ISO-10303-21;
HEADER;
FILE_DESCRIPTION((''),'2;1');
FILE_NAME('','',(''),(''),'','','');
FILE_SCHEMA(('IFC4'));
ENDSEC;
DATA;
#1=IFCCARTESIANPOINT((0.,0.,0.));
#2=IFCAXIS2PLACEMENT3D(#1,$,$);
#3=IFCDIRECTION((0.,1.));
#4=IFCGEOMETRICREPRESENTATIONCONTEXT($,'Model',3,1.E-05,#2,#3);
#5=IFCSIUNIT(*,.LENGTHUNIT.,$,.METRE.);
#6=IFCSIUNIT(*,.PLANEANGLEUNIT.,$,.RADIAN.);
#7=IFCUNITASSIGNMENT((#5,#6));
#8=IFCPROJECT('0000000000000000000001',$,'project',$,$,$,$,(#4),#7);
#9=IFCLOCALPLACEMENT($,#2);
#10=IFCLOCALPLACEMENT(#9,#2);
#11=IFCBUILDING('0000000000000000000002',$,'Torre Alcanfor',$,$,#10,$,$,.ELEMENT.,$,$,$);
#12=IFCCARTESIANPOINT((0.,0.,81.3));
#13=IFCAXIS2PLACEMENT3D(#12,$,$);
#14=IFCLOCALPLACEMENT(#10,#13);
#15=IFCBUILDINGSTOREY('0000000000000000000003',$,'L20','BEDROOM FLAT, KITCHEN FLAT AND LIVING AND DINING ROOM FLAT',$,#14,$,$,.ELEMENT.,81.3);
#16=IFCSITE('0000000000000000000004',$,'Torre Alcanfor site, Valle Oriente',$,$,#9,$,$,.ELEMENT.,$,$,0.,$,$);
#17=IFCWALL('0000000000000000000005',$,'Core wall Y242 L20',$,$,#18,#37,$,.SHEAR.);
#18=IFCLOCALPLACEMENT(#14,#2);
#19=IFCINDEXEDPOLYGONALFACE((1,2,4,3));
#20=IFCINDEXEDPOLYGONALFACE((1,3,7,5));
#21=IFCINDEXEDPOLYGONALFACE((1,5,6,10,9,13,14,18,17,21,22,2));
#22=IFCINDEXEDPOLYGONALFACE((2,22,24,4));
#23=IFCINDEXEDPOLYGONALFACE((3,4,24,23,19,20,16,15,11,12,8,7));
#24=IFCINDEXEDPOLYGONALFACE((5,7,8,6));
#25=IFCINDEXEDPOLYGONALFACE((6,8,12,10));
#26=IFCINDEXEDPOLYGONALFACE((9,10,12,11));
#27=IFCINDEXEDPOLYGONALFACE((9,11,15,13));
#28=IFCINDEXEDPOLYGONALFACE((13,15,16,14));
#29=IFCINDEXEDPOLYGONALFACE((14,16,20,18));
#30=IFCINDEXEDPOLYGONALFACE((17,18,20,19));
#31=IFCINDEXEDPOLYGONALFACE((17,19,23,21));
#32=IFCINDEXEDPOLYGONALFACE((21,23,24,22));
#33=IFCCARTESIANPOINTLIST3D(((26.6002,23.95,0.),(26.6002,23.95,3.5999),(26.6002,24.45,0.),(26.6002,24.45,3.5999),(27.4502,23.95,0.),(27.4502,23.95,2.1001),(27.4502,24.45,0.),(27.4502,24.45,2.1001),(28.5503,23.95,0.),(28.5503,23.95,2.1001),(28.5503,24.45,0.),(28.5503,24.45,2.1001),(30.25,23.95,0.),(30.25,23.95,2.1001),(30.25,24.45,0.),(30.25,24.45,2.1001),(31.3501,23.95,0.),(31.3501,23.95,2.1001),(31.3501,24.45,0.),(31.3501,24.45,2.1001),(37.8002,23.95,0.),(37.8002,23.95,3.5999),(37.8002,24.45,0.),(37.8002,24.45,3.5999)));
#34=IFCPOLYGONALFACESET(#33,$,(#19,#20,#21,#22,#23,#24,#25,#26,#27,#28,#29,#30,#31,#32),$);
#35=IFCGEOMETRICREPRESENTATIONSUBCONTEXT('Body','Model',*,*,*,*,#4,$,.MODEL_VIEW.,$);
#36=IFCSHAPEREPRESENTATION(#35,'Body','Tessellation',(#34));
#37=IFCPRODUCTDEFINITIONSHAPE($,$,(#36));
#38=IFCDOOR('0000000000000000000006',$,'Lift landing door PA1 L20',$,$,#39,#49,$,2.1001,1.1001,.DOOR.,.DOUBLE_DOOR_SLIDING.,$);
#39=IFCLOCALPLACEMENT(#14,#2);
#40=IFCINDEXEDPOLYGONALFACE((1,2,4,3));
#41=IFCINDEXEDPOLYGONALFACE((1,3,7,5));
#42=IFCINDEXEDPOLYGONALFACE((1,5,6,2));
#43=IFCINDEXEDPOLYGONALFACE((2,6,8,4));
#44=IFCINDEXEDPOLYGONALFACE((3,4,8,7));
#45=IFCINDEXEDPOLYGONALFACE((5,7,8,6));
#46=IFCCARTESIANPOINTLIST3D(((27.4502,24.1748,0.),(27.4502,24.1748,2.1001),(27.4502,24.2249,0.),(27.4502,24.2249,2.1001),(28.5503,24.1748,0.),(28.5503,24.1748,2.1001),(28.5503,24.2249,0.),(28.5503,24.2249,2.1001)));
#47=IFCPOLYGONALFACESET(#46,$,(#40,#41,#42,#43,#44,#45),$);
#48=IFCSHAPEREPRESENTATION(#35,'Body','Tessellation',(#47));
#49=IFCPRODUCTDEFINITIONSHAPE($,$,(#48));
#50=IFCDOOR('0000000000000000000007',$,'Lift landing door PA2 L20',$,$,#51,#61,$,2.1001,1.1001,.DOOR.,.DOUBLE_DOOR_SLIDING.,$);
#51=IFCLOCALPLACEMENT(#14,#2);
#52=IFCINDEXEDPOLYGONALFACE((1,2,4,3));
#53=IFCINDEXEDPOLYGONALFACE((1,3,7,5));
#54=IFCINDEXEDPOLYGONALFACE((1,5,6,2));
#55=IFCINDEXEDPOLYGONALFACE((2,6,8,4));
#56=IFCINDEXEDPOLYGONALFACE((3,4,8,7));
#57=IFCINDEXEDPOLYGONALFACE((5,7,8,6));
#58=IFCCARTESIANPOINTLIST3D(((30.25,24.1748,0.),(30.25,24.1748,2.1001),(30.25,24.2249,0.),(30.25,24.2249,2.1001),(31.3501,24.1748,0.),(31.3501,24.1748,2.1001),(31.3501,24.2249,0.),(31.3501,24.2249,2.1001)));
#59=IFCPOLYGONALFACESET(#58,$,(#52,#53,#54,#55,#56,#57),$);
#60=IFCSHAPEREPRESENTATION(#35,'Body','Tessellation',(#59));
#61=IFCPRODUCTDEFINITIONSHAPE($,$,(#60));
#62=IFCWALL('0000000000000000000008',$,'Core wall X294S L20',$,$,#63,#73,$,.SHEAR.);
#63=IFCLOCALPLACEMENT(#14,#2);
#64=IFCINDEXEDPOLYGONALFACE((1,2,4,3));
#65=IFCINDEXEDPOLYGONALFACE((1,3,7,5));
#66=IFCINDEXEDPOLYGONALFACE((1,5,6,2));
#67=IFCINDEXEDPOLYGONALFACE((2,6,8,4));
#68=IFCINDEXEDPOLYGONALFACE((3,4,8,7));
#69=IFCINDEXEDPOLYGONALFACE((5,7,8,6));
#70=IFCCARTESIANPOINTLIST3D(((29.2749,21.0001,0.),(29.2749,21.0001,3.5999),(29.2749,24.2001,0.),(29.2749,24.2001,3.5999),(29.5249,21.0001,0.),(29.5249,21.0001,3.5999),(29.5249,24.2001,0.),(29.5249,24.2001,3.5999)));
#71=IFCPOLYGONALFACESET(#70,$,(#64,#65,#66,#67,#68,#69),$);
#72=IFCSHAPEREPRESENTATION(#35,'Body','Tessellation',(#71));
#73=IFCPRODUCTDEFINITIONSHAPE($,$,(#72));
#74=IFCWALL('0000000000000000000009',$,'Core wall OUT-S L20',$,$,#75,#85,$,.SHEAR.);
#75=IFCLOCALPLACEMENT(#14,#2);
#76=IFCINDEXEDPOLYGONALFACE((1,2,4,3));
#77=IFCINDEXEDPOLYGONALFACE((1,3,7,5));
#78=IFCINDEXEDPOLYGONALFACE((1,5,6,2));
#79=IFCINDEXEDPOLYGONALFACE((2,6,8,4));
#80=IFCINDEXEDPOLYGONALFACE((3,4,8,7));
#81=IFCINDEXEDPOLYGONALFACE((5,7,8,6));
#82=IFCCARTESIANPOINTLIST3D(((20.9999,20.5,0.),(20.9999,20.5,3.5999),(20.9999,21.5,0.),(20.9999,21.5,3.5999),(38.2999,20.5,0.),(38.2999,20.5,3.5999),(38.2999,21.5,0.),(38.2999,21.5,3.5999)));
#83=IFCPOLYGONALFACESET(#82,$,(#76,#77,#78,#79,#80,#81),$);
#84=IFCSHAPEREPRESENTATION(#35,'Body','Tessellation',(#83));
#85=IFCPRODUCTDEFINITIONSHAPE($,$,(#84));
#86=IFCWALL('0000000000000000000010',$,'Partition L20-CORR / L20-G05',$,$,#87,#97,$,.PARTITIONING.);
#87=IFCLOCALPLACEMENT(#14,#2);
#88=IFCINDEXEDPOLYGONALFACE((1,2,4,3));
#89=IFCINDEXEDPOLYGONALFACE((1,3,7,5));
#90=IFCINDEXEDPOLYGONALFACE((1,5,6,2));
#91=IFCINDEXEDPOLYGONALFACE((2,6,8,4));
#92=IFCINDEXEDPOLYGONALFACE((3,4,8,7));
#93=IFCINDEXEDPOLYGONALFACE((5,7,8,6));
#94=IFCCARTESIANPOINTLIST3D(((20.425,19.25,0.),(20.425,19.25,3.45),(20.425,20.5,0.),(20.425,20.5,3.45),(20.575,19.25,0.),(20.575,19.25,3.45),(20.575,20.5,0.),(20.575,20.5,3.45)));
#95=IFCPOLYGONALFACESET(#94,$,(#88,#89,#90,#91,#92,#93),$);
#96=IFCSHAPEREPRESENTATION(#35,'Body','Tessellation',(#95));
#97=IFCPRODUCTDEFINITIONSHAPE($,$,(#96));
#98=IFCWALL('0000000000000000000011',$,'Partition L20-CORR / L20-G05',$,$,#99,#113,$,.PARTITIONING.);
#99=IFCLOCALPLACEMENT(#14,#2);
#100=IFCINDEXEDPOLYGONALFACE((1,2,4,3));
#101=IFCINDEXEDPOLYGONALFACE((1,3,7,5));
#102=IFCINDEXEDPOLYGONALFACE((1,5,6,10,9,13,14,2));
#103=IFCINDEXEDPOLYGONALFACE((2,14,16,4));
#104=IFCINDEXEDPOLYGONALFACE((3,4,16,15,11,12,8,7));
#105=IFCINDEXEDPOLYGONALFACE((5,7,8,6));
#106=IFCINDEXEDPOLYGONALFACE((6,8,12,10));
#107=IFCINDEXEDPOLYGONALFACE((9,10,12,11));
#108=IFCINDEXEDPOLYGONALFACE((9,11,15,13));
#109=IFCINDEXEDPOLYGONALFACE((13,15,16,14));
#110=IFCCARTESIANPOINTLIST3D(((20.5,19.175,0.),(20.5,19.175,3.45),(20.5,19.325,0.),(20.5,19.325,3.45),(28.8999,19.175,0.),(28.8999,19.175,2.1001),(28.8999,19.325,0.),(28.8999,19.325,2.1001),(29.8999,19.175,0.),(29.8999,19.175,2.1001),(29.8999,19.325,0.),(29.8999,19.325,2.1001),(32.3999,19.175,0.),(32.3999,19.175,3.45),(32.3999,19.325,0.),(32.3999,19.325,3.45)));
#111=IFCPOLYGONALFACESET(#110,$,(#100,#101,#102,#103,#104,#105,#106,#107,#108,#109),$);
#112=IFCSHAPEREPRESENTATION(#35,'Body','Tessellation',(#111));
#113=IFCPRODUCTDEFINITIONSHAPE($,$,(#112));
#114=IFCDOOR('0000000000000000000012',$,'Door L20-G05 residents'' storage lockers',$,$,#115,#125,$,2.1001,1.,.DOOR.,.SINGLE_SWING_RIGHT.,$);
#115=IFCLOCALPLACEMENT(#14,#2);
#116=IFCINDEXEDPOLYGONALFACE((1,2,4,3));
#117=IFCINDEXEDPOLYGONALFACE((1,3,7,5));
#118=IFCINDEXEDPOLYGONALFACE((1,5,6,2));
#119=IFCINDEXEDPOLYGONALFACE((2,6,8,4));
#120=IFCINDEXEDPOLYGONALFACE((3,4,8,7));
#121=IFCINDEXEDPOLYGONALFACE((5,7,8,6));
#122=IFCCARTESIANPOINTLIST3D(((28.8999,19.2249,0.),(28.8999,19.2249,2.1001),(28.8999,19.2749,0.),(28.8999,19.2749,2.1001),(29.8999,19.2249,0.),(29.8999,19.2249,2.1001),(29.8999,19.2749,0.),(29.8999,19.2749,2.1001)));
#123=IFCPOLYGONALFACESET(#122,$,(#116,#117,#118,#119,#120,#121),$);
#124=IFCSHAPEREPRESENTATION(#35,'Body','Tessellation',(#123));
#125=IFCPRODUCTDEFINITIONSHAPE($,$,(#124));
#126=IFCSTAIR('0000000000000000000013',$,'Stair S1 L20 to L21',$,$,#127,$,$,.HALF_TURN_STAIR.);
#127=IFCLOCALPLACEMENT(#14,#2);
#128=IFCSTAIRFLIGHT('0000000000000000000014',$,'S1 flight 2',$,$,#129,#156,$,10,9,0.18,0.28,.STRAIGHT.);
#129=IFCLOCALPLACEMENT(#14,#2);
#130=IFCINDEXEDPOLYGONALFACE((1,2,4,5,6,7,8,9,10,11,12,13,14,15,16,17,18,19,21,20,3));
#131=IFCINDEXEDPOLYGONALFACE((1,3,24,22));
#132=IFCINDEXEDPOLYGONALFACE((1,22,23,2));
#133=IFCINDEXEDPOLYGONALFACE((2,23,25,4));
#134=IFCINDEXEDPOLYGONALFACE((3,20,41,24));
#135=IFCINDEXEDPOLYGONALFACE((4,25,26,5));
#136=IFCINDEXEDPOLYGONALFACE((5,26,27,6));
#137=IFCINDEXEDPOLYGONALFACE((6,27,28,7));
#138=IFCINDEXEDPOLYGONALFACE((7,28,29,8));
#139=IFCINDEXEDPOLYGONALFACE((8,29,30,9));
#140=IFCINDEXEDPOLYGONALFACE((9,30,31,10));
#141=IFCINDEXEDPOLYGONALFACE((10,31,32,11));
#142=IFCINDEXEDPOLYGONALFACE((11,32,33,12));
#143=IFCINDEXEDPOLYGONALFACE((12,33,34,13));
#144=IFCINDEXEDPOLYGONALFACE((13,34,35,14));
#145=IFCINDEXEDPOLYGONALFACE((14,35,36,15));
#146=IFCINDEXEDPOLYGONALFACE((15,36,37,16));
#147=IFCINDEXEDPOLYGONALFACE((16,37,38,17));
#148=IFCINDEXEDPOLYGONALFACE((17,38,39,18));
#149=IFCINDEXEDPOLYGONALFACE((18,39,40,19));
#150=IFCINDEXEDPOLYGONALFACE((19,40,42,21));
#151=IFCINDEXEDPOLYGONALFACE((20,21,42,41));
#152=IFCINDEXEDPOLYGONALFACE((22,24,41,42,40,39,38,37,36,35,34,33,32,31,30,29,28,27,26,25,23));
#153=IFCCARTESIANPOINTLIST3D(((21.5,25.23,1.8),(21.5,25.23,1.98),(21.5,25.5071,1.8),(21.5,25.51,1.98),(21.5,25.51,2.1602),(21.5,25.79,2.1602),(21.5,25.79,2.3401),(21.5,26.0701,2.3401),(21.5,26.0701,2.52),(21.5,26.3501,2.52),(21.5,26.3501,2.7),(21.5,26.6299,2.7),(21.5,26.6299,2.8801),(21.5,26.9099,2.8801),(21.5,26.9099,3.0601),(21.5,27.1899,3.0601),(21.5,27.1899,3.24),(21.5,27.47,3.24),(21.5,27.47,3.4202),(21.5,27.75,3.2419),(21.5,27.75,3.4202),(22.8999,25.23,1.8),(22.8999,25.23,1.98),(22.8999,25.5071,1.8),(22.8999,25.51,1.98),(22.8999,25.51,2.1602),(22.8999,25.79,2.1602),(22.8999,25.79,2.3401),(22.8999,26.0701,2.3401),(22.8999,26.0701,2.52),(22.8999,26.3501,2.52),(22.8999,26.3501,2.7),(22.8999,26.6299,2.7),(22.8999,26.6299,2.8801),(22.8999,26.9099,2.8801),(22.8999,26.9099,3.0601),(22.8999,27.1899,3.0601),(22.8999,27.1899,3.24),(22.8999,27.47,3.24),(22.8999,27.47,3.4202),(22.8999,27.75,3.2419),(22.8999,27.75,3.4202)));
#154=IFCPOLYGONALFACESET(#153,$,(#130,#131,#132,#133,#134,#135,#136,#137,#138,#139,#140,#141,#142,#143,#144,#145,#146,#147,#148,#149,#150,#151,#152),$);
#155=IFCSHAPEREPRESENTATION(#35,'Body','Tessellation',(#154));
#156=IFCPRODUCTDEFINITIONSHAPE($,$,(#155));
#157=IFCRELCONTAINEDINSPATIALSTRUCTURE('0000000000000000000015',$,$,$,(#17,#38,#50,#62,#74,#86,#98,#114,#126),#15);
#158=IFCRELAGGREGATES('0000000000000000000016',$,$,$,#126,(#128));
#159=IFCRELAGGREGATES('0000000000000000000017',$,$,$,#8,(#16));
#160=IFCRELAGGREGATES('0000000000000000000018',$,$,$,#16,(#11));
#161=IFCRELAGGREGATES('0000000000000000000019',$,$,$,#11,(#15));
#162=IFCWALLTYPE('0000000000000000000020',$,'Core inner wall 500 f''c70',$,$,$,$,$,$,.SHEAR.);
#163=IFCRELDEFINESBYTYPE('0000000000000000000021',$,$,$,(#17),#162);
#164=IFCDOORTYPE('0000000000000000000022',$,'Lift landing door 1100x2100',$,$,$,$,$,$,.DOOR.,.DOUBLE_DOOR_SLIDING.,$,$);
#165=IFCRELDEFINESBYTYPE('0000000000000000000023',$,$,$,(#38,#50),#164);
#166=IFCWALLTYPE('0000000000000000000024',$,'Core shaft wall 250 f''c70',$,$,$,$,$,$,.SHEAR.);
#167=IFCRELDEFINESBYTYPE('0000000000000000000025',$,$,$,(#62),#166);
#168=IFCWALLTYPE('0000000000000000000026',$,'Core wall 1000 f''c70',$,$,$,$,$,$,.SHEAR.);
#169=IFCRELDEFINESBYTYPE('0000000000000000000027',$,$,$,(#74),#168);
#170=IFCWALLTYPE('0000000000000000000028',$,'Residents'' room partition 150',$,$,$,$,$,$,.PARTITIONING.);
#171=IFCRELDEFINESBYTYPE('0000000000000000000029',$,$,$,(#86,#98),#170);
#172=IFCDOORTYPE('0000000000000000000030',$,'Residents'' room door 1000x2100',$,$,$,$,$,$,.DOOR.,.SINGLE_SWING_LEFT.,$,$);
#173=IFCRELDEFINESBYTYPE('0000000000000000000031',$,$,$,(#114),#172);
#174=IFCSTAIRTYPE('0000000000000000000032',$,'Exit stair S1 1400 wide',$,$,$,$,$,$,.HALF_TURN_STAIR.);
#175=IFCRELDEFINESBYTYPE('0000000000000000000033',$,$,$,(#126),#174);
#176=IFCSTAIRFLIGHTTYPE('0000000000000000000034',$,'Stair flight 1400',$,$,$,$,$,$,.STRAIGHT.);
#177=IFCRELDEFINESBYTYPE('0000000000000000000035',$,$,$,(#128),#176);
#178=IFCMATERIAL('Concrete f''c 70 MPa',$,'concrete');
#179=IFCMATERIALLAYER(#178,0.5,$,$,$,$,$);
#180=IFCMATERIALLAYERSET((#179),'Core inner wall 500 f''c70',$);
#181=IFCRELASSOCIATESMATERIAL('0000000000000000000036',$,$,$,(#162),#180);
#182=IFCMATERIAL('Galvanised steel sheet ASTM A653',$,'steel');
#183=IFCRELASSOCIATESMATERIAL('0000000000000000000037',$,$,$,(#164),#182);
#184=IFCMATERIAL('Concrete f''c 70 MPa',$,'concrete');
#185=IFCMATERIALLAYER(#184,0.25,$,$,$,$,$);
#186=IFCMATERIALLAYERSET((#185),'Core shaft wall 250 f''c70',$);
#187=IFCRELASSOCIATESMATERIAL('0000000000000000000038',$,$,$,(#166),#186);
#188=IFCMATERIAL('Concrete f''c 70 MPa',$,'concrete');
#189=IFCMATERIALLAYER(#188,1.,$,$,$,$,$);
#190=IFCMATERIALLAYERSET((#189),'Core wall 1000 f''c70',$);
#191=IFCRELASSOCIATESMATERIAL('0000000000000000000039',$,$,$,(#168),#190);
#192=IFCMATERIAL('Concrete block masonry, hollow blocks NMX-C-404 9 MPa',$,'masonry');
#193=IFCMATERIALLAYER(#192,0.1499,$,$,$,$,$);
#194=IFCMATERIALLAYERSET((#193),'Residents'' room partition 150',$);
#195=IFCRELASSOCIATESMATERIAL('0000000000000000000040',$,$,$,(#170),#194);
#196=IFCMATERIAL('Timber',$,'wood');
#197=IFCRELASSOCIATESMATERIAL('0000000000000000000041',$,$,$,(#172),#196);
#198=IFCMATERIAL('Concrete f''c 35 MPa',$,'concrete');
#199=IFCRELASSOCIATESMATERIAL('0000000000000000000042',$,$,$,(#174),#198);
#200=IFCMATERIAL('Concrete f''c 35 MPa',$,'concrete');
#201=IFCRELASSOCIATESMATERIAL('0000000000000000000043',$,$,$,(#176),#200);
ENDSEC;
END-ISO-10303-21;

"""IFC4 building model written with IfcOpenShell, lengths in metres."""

from ifc_helpers import new_model, si_unit, direction, frame, frame_2d, origin, place, context, subcontext, project, spatial, polyline, rectangle, outline, extrude, material, layer, layer_set, type_object, element, fill, aggregate, save


model = new_model("IFC4")

# Units and contexts
model_context = context("Model", 3, precision=1e-05, world=origin(), true_north=direction((0.0, 1.0)))
body_context = subcontext(model_context, "Body", "Model", "MODEL_VIEW")
ifc_project = project(units=[si_unit("LENGTHUNIT", "METRE"), si_unit("PLANEANGLEUNIT", "RADIAN")], contexts=[model_context])

# Site, building, storey
site_placement = place(None, origin())
site = spatial("IfcSite", under=ifc_project, at=site_placement, Name="Torre Alcanfor site, Valle Oriente", CompositionType="ELEMENT", RefElevation=0.0)
building_placement = place(site_placement, origin())
building = spatial("IfcBuilding", under=site, at=building_placement, Name="Torre Alcanfor", CompositionType="ELEMENT")
storey_placement = place(building_placement, frame((0.0, 0.0, 81.3)))
storey = spatial("IfcBuildingStorey", under=building, at=storey_placement, Name="L20", Description="BEDROOM FLAT, KITCHEN FLAT AND LIVING AND DINING ROOM FLAT", CompositionType="ELEMENT", Elevation=81.3)

# Shared definitions
ifc_material_1 = material(Name="Concrete f'c 70 MPa", Category="concrete")
ifc_layer_1 = layer(ifc_material_1, 0.5)
ifc_layer_set_1 = layer_set([ifc_layer_1], Name="Core inner wall 500 f'c70")
wall_type_1 = type_object("IfcWallType", Name="Core inner wall 500 f'c70", PredefinedType="SHEAR", material=ifc_layer_set_1)

# Wall, openings, doors
wall_1_placement = place(storey_placement, frame((26.6001, 24.2, 0.0), z_axis=(0.0, 0.0, 1.0), x_axis=(1.0, 0.0, 0.0)))
wall_1 = element("IfcWall", 1, at=wall_1_placement, inside=storey, type_object=wall_type_1, Name="Core wall Y242 L20", PredefinedType="SHEAR", context=body_context, shape_type="SweptSolid", body=[
    extrude(rectangle(XDim=11.2, YDim=0.5, at=frame_2d((5.6001, 0.0))), origin(), (0.0, 0.0, 1.0), 3.5999),
])
opening_1_placement = place(wall_1_placement, frame((0.8501, 0.0, 0.0)))
opening_1 = element("IfcOpeningElement", 2, at=opening_1_placement, cuts=wall_1, PredefinedType="OPENING", context=body_context, shape_type="SweptSolid", body=[
    extrude(rectangle(XDim=1.1001, YDim=2.1001, at=frame_2d((0.55, 1.05))), frame((0.0, 0.26, 0.0), z_axis=(0.0, -1.0, 0.0), x_axis=(1.0, 0.0, 0.0)), (0.0, 0.0, 1.0), 0.52),
])
opening_2_placement = place(wall_1_placement, frame((3.6499, 0.0, 0.0)))
opening_2 = element("IfcOpeningElement", 3, at=opening_2_placement, cuts=wall_1, PredefinedType="OPENING", context=body_context, shape_type="SweptSolid", body=[
    extrude(rectangle(XDim=1.1001, YDim=2.1001, at=frame_2d((0.55, 1.05))), frame((0.0, 0.26, 0.0), z_axis=(0.0, -1.0, 0.0), x_axis=(1.0, 0.0, 0.0)), (0.0, 0.0, 1.0), 0.52),
])
ifc_material_2 = material(Name="Galvanised steel sheet ASTM A653", Category="steel")
door_type_1 = type_object("IfcDoorType", Name="Lift landing door 1100x2100", OperationType="DOUBLE_DOOR_SLIDING", PredefinedType="DOOR", material=ifc_material_2)
door_1_placement = place(opening_1_placement, origin())
door_1 = element("IfcDoor", 4, at=door_1_placement, inside=storey, type_object=door_type_1, Name="Lift landing door PA1 L20", OperationType="DOUBLE_DOOR_SLIDING", OverallHeight=2.1001, OverallWidth=1.1001, PredefinedType="DOOR", context=body_context, shape_type="SweptSolid", body=[
    extrude(rectangle(XDim=1.1001, YDim=2.1001, at=frame_2d((0.55, 1.05))), frame((0.0, 0.0249, 0.0), z_axis=(0.0, -1.0, 0.0), x_axis=(1.0, 0.0, 0.0)), (0.0, 0.0, 1.0), 0.05),
])
fill(opening_1, door_1)
door_2_placement = place(opening_2_placement, origin())
door_2 = element("IfcDoor", 5, at=door_2_placement, inside=storey, type_object=door_type_1, Name="Lift landing door PA2 L20", OperationType="DOUBLE_DOOR_SLIDING", OverallHeight=2.1001, OverallWidth=1.1001, PredefinedType="DOOR", context=body_context, shape_type="SweptSolid", body=[
    extrude(rectangle(XDim=1.1001, YDim=2.1001, at=frame_2d((0.55, 1.05))), frame((0.0, 0.0249, 0.0), z_axis=(0.0, -1.0, 0.0), x_axis=(1.0, 0.0, 0.0)), (0.0, 0.0, 1.0), 0.05),
])
fill(opening_2, door_2)

# Walls
ifc_material_3 = material(Name="Concrete f'c 70 MPa", Category="concrete")
ifc_layer_2 = layer(ifc_material_3, 0.25)
ifc_layer_set_2 = layer_set([ifc_layer_2], Name="Core shaft wall 250 f'c70")
wall_type_2 = type_object("IfcWallType", Name="Core shaft wall 250 f'c70", PredefinedType="SHEAR", material=ifc_layer_set_2)
wall_2_placement = place(storey_placement, frame((29.3999, 21.0, 0.0), z_axis=(0.0, 0.0, 1.0), x_axis=(0.0, 1.0, 0.0)))
element("IfcWall", 6, at=wall_2_placement, inside=storey, type_object=wall_type_2, Name="Core wall X294S L20", PredefinedType="SHEAR", context=body_context, shape_type="SweptSolid", body=[
    extrude(rectangle(XDim=3.2, YDim=0.25, at=frame_2d((1.6001, 0.0))), origin(), (0.0, 0.0, 1.0), 3.5999),
])
ifc_material_4 = material(Name="Concrete f'c 70 MPa", Category="concrete")
ifc_layer_3 = layer(ifc_material_4, 1.0)
ifc_layer_set_3 = layer_set([ifc_layer_3], Name="Core wall 1000 f'c70")
wall_type_3 = type_object("IfcWallType", Name="Core wall 1000 f'c70", PredefinedType="SHEAR", material=ifc_layer_set_3)
wall_3_placement = place(storey_placement, frame((21.0, 21.0, 0.0), z_axis=(0.0, 0.0, 1.0), x_axis=(1.0, 0.0, 0.0)))
element("IfcWall", 7, at=wall_3_placement, inside=storey, type_object=wall_type_3, Name="Core wall OUT-S L20", PredefinedType="SHEAR", context=body_context, shape_type="SweptSolid", body=[
    extrude(rectangle(XDim=17.3, YDim=1.0, at=frame_2d((8.6499, 0.0))), origin(), (0.0, 0.0, 1.0), 3.5999),
])
ifc_material_5 = material(Name="Concrete block masonry, hollow blocks NMX-C-404 9 MPa", Category="masonry")
ifc_layer_4 = layer(ifc_material_5, 0.1499)
ifc_layer_set_4 = layer_set([ifc_layer_4], Name="Residents' room partition 150")
wall_type_4 = type_object("IfcWallType", Name="Residents' room partition 150", PredefinedType="PARTITIONING", material=ifc_layer_set_4)
wall_4_placement = place(storey_placement, frame((20.5, 20.5, 0.0), z_axis=(0.0, 0.0, 1.0), x_axis=(0.0, -1.0, 0.0)))
element("IfcWall", 8, at=wall_4_placement, inside=storey, type_object=wall_type_4, Name="Partition L20-CORR / L20-G05", PredefinedType="PARTITIONING", context=body_context, shape_type="SweptSolid", body=[
    extrude(rectangle(XDim=1.25, YDim=0.1499, at=frame_2d((0.625, 0.0))), origin(), (0.0, 0.0, 1.0), 3.45),
])

# Wall, opening, door
wall_5_placement = place(storey_placement, frame((20.5, 19.25, 0.0), z_axis=(0.0, 0.0, 1.0), x_axis=(1.0, 0.0, 0.0)))
wall_5 = element("IfcWall", 9, at=wall_5_placement, inside=storey, type_object=wall_type_4, Name="Partition L20-CORR / L20-G05", PredefinedType="PARTITIONING", context=body_context, shape_type="SweptSolid", body=[
    extrude(rectangle(XDim=11.8999, YDim=0.1499, at=frame_2d((5.95, 0.0))), origin(), (0.0, 0.0, 1.0), 3.45),
])
opening_3_placement = place(wall_5_placement, frame((8.3999, 0.0, 0.0)))
opening_3 = element("IfcOpeningElement", 10, at=opening_3_placement, cuts=wall_5, PredefinedType="OPENING", context=body_context, shape_type="SweptSolid", body=[
    extrude(rectangle(XDim=1.0, YDim=2.1001, at=frame_2d((0.5, 1.05))), frame((0.0, 0.085, 0.0), z_axis=(0.0, -1.0, 0.0), x_axis=(1.0, 0.0, 0.0)), (0.0, 0.0, 1.0), 0.1699),
])
ifc_material_6 = material(Name="Timber", Category="wood")
door_type_2 = type_object("IfcDoorType", Name="Residents' room door 1000x2100", OperationType="SINGLE_SWING_LEFT", PredefinedType="DOOR", material=ifc_material_6)
door_3_placement = place(opening_3_placement, origin())
door_3 = element("IfcDoor", 11, at=door_3_placement, inside=storey, type_object=door_type_2, Name="Door L20-G05 residents' storage lockers", OperationType="SINGLE_SWING_RIGHT", OverallHeight=2.1001, OverallWidth=1.0, PredefinedType="DOOR", context=body_context, shape_type="SweptSolid", body=[
    extrude(rectangle(XDim=1.0, YDim=2.1001, at=frame_2d((0.5, 1.05))), frame((0.0, 0.0249, 0.0), z_axis=(0.0, -1.0, 0.0), x_axis=(1.0, 0.0, 0.0)), (0.0, 0.0, 1.0), 0.05),
])
fill(opening_3, door_3)

# Stair, stair flight
ifc_material_7 = material(Name="Concrete f'c 35 MPa", Category="concrete")
stair_type = type_object("IfcStairType", Name="Exit stair S1 1400 wide", PredefinedType="HALF_TURN_STAIR", material=ifc_material_7)
stair_placement = place(storey_placement, origin())
stair = element("IfcStair", 12, at=stair_placement, inside=storey, type_object=stair_type, Name="Stair S1 L20 to L21", PredefinedType="HALF_TURN_STAIR")
ifc_material_8 = material(Name="Concrete f'c 35 MPa", Category="concrete")
stair_flight_type = type_object("IfcStairFlightType", Name="Stair flight 1400", PredefinedType="STRAIGHT", material=ifc_material_8)
stair_flight_placement = place(storey_placement, frame((22.2, 25.23, 1.8), z_axis=(0.0, 0.0, 1.0), x_axis=(0.0, 1.0, 0.0)))
stair_flight = element("IfcStairFlight", 13, at=stair_flight_placement, type_object=stair_flight_type, Name="S1 flight 2", NumberOfRisers=10, NumberOfTreads=9, PredefinedType="STRAIGHT", RiserHeight=0.18, TreadLength=0.28, context=body_context, shape_type="SweptSolid", body=[
    extrude(outline(polyline([(0.0, 0.0), (0.0, 0.1799), (0.28, 0.1799), (0.28, 0.3601), (0.5601, 0.3601), (0.5601, 0.54), (0.8401, 0.54), (0.8401, 0.72), (1.1201, 0.72), (1.1201, 0.8999), (1.3999, 0.8999), (1.3999, 1.0801), (1.6799, 1.0801), (1.6799, 1.26), (1.96, 1.26), (1.96, 1.4399), (2.24, 1.4399), (2.24, 1.6201), (2.52, 1.6201), (2.52, 1.8), (2.52, 1.4419), (0.2771, 0.0), (0.0, 0.0)])), frame((0.0, 0.7, 0.0), z_axis=(0.0, -1.0, 0.0), x_axis=(1.0, 0.0, 0.0)), (0.0, 0.0, 1.0), 1.3999),
])
aggregate(stair, [stair_flight])

save(model, "model.ifc")
